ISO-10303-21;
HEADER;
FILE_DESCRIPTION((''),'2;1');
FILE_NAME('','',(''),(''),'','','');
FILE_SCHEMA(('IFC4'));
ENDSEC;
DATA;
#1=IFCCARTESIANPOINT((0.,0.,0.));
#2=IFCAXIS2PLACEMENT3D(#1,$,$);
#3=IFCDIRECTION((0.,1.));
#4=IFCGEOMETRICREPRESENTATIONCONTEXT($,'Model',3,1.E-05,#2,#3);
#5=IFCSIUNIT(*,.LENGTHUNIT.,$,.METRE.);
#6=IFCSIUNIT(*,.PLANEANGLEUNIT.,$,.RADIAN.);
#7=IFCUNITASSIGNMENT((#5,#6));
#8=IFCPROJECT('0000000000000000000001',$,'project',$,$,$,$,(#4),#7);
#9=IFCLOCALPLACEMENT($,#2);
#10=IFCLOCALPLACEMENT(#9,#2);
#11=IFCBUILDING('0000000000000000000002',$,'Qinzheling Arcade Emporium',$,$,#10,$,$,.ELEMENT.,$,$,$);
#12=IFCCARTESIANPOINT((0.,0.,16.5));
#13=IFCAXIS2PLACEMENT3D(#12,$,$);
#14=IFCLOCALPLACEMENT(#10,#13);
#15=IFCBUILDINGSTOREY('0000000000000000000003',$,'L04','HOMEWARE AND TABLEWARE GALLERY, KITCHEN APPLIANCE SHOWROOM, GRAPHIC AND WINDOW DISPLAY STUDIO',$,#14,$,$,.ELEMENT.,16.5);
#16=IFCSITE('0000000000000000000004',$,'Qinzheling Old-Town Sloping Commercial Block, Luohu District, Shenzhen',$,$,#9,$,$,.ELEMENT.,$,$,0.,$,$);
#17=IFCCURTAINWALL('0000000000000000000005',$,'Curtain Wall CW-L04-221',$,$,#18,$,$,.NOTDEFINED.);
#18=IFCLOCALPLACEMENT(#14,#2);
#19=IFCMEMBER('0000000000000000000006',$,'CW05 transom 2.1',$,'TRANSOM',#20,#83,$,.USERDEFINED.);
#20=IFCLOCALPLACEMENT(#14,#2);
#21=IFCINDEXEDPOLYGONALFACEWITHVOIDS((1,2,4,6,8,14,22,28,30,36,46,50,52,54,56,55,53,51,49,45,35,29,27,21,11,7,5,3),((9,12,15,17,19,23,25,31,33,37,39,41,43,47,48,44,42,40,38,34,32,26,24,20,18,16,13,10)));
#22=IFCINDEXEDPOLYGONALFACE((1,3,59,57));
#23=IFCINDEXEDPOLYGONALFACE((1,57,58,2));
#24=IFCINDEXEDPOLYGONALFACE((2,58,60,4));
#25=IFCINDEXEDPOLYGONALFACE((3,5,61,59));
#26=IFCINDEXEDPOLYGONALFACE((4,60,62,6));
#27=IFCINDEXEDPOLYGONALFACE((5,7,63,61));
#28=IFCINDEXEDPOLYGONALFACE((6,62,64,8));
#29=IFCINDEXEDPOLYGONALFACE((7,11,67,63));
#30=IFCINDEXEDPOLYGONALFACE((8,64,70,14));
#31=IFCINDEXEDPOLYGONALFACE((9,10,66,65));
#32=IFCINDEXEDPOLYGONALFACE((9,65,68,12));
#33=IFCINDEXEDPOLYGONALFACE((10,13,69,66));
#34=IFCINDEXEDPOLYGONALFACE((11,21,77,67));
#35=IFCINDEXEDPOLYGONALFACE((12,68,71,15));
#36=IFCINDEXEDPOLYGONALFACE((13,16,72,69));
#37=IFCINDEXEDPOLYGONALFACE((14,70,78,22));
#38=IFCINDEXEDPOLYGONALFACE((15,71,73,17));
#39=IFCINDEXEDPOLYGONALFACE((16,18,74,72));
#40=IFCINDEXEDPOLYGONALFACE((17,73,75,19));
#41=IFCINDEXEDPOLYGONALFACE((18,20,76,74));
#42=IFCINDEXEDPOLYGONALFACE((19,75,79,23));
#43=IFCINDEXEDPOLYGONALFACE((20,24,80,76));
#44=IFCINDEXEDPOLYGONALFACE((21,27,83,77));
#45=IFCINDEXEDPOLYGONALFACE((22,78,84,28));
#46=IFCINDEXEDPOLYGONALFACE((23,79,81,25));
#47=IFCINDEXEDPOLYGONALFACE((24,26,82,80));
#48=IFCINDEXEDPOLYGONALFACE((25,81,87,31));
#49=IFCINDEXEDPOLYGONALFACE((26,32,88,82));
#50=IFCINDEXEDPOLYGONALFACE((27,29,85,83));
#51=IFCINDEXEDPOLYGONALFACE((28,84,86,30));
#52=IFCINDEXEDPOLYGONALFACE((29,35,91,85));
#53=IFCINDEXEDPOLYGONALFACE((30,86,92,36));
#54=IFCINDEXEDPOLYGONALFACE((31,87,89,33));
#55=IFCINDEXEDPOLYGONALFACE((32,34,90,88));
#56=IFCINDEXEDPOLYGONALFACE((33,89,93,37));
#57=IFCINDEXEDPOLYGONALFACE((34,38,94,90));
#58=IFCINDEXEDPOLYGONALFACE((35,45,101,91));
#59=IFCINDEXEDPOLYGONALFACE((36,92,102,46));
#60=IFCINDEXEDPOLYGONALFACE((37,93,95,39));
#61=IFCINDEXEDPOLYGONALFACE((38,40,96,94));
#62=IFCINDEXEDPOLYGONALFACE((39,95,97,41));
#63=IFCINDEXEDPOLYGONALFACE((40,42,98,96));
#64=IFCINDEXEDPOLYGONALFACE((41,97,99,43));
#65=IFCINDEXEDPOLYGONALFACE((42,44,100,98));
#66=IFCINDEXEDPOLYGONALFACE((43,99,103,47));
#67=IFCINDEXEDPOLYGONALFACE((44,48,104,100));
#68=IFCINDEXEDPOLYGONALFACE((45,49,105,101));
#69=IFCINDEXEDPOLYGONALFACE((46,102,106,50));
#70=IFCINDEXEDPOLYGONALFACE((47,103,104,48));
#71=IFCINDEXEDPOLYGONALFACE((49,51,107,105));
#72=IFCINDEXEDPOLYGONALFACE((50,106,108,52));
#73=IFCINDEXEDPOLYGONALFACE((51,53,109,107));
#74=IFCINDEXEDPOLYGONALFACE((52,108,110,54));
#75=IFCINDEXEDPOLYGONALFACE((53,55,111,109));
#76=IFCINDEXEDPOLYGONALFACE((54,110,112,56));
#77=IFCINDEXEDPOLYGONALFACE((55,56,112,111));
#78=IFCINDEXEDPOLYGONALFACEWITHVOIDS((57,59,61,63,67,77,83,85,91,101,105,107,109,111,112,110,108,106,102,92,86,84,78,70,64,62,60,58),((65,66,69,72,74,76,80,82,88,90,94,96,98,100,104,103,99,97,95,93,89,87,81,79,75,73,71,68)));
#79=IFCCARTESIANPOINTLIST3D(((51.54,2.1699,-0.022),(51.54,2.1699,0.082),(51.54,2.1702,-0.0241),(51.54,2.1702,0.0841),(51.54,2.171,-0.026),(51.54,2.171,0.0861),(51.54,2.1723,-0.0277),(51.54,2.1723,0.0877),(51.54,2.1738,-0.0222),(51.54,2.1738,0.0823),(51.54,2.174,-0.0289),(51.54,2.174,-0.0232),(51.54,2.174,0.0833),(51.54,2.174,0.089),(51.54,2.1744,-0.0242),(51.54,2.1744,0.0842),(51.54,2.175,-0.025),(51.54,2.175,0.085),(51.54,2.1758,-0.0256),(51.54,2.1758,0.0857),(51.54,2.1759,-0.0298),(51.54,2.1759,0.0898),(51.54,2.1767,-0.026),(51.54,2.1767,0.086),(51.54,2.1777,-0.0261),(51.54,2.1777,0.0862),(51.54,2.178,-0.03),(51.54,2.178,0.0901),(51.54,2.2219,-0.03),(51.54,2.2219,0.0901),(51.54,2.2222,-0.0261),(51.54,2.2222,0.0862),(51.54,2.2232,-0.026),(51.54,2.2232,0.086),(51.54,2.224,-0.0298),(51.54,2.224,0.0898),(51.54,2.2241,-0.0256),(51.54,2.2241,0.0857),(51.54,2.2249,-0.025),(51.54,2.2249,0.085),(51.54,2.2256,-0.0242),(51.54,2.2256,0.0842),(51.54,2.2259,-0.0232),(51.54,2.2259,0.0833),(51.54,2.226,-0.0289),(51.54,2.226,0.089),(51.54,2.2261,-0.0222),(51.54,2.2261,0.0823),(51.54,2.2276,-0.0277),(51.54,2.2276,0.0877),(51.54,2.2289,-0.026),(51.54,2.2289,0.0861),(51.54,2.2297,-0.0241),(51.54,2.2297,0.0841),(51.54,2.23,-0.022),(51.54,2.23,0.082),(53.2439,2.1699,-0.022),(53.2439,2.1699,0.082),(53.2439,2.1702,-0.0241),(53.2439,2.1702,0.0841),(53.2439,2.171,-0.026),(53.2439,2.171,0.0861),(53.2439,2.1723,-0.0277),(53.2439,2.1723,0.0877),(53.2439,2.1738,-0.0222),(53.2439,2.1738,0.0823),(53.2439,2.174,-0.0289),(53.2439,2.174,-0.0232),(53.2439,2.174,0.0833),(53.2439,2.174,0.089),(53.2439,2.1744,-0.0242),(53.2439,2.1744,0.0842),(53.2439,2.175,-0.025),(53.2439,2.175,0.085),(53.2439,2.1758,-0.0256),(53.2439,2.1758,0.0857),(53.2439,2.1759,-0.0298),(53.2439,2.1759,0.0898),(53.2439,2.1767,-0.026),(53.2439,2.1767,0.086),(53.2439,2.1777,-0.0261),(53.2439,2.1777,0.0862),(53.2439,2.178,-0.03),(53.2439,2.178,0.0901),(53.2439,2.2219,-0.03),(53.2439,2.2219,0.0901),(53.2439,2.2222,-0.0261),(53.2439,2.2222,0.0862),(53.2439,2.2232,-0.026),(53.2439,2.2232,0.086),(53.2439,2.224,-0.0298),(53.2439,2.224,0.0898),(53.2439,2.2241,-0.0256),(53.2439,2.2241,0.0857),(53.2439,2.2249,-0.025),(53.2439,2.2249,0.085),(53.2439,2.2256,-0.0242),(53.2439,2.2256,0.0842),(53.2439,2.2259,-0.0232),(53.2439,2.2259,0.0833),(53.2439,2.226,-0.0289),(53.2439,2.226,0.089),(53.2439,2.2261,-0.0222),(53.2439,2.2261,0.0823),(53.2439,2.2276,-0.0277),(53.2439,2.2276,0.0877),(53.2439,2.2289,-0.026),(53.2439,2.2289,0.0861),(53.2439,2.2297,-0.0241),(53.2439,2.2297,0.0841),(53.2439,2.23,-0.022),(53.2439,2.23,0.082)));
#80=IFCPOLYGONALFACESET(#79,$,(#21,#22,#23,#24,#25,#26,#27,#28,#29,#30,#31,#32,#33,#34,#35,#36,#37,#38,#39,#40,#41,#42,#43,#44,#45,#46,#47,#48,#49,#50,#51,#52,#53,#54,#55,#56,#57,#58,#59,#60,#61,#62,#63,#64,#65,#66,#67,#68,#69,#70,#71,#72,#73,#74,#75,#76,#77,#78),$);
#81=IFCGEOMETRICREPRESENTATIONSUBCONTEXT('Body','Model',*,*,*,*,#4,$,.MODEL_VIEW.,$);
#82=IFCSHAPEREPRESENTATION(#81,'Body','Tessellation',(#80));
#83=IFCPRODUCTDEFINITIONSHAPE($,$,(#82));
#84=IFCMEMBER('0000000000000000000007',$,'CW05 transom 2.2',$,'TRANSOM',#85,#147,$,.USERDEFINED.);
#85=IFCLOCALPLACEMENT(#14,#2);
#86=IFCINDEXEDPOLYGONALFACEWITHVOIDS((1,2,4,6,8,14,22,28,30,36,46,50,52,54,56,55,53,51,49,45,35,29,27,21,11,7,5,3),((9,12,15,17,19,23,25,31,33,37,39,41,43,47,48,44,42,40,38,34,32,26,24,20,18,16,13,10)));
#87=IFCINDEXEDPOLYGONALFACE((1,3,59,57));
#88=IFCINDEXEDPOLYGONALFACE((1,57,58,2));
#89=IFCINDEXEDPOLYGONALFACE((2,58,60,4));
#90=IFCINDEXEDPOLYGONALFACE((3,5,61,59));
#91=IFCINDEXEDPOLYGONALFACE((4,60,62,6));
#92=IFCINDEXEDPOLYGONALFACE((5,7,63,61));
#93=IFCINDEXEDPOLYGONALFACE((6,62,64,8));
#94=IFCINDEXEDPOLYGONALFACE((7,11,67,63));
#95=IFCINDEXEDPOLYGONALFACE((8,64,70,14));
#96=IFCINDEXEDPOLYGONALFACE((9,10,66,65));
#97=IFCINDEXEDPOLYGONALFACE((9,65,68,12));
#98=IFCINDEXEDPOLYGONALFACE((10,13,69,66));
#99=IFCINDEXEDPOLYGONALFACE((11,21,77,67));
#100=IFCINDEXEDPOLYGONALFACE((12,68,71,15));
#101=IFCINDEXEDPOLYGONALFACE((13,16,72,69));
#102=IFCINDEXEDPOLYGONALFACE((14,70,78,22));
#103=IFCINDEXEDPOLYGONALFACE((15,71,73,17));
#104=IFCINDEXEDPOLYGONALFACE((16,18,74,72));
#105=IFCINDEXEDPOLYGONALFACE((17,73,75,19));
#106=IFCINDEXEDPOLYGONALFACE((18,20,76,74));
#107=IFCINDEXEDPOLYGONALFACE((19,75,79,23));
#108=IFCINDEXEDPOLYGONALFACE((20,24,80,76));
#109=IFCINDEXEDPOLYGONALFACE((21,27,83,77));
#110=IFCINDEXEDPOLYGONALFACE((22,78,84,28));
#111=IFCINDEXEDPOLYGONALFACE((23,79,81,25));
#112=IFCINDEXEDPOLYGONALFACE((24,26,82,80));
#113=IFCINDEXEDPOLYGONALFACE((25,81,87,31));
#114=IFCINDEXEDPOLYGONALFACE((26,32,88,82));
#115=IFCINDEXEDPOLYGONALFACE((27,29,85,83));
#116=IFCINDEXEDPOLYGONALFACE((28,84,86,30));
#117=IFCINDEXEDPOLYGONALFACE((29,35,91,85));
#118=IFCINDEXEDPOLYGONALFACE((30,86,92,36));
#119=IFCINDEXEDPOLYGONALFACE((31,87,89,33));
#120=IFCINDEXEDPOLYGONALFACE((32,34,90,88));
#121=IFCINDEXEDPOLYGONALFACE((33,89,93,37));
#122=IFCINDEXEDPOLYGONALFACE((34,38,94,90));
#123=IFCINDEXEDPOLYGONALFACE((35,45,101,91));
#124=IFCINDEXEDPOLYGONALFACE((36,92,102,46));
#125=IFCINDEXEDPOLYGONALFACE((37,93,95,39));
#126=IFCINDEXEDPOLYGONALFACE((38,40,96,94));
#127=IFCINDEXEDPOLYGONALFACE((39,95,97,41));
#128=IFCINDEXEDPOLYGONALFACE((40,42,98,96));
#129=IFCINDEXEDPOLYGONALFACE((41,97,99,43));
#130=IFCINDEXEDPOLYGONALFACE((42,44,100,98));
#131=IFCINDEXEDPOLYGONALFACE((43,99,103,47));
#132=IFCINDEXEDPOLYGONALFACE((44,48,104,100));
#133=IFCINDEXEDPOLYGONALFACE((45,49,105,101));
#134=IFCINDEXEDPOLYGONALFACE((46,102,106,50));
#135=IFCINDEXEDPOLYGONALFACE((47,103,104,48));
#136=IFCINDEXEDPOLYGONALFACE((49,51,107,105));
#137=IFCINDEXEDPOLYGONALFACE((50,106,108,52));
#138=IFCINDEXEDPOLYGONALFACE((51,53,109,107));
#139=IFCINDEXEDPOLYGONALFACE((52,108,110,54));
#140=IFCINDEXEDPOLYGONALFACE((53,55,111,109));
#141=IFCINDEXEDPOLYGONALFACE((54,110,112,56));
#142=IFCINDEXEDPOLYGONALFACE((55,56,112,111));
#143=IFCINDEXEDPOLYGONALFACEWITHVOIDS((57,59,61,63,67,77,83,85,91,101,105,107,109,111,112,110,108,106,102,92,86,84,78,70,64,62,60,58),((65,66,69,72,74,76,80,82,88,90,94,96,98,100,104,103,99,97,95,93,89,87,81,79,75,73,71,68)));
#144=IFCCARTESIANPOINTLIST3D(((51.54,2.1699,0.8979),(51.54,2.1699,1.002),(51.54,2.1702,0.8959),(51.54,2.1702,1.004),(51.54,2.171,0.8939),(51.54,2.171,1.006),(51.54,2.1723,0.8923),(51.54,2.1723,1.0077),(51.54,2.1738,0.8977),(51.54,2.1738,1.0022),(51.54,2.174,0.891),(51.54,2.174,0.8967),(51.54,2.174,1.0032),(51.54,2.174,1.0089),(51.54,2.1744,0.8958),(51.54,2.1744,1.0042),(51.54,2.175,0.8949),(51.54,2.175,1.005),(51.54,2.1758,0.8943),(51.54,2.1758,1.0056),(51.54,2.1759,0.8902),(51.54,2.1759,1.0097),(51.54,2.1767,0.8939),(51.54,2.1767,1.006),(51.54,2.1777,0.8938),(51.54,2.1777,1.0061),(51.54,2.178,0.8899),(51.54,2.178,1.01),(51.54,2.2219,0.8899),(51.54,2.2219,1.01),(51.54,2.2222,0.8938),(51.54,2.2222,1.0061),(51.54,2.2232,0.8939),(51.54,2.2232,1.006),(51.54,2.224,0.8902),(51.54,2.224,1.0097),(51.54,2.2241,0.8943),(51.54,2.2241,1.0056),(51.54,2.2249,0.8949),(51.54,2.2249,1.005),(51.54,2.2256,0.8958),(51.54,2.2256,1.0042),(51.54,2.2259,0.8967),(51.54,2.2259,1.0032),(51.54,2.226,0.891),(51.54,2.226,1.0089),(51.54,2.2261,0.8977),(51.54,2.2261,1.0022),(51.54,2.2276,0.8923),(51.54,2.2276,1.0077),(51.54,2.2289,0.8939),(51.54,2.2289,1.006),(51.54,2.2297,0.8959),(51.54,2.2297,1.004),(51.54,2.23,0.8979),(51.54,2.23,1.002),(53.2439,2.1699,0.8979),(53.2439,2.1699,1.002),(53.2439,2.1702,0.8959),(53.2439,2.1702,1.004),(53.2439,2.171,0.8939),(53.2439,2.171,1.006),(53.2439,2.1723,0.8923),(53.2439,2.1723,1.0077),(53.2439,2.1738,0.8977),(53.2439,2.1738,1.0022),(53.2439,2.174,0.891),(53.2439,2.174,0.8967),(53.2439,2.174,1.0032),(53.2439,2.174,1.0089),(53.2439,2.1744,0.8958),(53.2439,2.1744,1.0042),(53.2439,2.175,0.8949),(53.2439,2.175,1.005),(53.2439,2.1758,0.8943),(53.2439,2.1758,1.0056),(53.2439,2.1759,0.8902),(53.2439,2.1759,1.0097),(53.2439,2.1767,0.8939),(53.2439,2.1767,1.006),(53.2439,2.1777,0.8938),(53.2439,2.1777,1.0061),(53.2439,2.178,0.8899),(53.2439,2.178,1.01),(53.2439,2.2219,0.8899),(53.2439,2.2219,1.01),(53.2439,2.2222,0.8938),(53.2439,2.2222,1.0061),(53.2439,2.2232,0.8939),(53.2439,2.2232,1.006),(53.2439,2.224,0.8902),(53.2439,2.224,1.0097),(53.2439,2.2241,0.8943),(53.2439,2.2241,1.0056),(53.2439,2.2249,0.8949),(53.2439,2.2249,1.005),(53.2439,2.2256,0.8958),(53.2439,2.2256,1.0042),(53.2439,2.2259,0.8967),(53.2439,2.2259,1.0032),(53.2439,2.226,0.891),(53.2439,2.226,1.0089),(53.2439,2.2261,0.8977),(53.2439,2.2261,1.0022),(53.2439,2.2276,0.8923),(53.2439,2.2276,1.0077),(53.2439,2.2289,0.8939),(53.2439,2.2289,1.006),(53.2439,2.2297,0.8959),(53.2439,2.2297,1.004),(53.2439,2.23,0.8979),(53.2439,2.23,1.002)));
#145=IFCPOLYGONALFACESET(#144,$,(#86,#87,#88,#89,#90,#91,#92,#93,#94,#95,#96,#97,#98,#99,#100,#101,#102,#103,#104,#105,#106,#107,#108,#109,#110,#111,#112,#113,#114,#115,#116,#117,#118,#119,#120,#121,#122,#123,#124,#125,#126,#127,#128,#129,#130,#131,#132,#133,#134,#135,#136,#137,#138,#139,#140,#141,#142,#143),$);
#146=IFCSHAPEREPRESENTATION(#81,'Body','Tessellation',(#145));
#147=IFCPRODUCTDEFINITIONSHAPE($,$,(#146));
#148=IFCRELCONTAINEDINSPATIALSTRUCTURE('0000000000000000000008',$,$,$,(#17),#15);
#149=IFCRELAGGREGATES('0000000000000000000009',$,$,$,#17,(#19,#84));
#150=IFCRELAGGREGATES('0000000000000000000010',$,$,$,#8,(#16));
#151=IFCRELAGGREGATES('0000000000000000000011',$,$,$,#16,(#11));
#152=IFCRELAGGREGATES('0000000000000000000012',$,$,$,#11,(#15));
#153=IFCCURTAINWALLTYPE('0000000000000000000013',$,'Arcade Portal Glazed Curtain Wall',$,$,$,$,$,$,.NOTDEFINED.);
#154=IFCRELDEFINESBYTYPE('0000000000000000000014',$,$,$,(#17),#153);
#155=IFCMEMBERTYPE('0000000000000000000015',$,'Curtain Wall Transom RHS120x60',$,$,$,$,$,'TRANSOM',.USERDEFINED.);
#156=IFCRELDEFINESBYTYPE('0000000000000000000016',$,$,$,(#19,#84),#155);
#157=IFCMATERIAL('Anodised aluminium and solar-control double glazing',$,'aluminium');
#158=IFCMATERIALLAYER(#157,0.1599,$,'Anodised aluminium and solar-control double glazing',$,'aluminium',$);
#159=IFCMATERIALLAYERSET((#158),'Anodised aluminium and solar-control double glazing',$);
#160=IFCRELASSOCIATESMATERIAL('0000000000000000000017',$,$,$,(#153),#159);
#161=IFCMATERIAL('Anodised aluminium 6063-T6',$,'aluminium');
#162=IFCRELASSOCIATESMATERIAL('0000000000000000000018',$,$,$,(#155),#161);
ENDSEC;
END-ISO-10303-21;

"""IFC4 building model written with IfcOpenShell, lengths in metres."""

from ifc_helpers import new_model, si_unit, direction, frame, origin, origin_2d, place, context, subcontext, project, spatial, hollow_rectangle, extrude, material, layer, layer_set, material_profile, profile_set, type_object, element, aggregate, save


model = new_model("IFC4")

# Units and contexts
model_context = context("Model", 3, precision=1e-05, world=origin(), true_north=direction((0.0, 1.0)))
body_context = subcontext(model_context, "Body", "Model", "MODEL_VIEW")
ifc_project = project(units=[si_unit("LENGTHUNIT", "METRE"), si_unit("PLANEANGLEUNIT", "RADIAN")], contexts=[model_context])

# Site, building, storey
site_placement = place(None, origin())
site = spatial("IfcSite", under=ifc_project, at=site_placement, Name="Qinzheling Old-Town Sloping Commercial Block, Luohu District, Shenzhen", CompositionType="ELEMENT", RefElevation=0.0)
building_placement = place(site_placement, origin())
building = spatial("IfcBuilding", under=site, at=building_placement, Name="Qinzheling Arcade Emporium", CompositionType="ELEMENT")
storey_placement = place(building_placement, frame((0.0, 0.0, 16.5)))
storey = spatial("IfcBuildingStorey", under=building, at=storey_placement, Name="L04", Description="HOMEWARE AND TABLEWARE GALLERY, KITCHEN APPLIANCE SHOWROOM, GRAPHIC AND WINDOW DISPLAY STUDIO", CompositionType="ELEMENT", Elevation=16.5)

# Curtain wall, members
ifc_material_1 = material(Name="Anodised aluminium and solar-control double glazing", Category="aluminium")
ifc_layer_1 = layer(ifc_material_1, 0.1599, Name="Anodised aluminium and solar-control double glazing", Category="aluminium")
ifc_layer_set_1 = layer_set([ifc_layer_1], Name="Anodised aluminium and solar-control double glazing")
curtain_wall_type = type_object("IfcCurtainWallType", Name="Arcade Portal Glazed Curtain Wall", PredefinedType="NOTDEFINED", material=ifc_layer_set_1)
curtain_wall_placement = place(storey_placement, origin())
curtain_wall = element("IfcCurtainWall", 1, at=curtain_wall_placement, inside=storey, type_object=curtain_wall_type, Name="Curtain Wall CW-L04-221", PredefinedType="NOTDEFINED")
ifc_material_2 = material(Name="Anodised aluminium 6063-T6", Category="aluminium")
ifc_material_profile_1 = material_profile(ifc_material_2, hollow_rectangle(XDim=0.0601, YDim=0.1201, WallThickness=0.0039, InnerFilletRadius=0.0039, OuterFilletRadius=0.0081, at=origin_2d()), Name="RHS 120x60x4", Category="aluminium")
ifc_profile_set_1 = profile_set([ifc_material_profile_1], Name="Anodised aluminium 6063-T6")
member_type_1 = type_object("IfcMemberType", Name="Curtain Wall Transom RHS120x60", ElementType="TRANSOM", PredefinedType="USERDEFINED", material=ifc_profile_set_1)
member_1_placement = place(storey_placement, frame((53.2439, 2.2, 0.03), z_axis=(-1.0, 0.0, 0.0), x_axis=(0.0, -1.0, 0.0)))
member_1 = element("IfcMember", 2, at=member_1_placement, type_object=member_type_1, Name="CW05 transom 2.1", ObjectType="TRANSOM", PredefinedType="USERDEFINED", context=body_context, shape_type="SweptSolid", body=[
    extrude(hollow_rectangle(XDim=0.0601, YDim=0.1201, WallThickness=0.0039, InnerFilletRadius=0.0039, OuterFilletRadius=0.0081, at=origin_2d()), origin(), (0.0, 0.0, 1.0), 1.7039),
])
member_2_placement = place(storey_placement, frame((53.2439, 2.2, 0.95), z_axis=(-1.0, 0.0, 0.0), x_axis=(0.0, -1.0, 0.0)))
member_2 = element("IfcMember", 3, at=member_2_placement, type_object=member_type_1, Name="CW05 transom 2.2", ObjectType="TRANSOM", PredefinedType="USERDEFINED", context=body_context, shape_type="SweptSolid", body=[
    extrude(hollow_rectangle(XDim=0.0601, YDim=0.1201, WallThickness=0.0039, InnerFilletRadius=0.0039, OuterFilletRadius=0.0081, at=origin_2d()), origin(), (0.0, 0.0, 1.0), 1.7039),
])

aggregate(curtain_wall, [member_1, member_2])

save(model, "model.ifc")
